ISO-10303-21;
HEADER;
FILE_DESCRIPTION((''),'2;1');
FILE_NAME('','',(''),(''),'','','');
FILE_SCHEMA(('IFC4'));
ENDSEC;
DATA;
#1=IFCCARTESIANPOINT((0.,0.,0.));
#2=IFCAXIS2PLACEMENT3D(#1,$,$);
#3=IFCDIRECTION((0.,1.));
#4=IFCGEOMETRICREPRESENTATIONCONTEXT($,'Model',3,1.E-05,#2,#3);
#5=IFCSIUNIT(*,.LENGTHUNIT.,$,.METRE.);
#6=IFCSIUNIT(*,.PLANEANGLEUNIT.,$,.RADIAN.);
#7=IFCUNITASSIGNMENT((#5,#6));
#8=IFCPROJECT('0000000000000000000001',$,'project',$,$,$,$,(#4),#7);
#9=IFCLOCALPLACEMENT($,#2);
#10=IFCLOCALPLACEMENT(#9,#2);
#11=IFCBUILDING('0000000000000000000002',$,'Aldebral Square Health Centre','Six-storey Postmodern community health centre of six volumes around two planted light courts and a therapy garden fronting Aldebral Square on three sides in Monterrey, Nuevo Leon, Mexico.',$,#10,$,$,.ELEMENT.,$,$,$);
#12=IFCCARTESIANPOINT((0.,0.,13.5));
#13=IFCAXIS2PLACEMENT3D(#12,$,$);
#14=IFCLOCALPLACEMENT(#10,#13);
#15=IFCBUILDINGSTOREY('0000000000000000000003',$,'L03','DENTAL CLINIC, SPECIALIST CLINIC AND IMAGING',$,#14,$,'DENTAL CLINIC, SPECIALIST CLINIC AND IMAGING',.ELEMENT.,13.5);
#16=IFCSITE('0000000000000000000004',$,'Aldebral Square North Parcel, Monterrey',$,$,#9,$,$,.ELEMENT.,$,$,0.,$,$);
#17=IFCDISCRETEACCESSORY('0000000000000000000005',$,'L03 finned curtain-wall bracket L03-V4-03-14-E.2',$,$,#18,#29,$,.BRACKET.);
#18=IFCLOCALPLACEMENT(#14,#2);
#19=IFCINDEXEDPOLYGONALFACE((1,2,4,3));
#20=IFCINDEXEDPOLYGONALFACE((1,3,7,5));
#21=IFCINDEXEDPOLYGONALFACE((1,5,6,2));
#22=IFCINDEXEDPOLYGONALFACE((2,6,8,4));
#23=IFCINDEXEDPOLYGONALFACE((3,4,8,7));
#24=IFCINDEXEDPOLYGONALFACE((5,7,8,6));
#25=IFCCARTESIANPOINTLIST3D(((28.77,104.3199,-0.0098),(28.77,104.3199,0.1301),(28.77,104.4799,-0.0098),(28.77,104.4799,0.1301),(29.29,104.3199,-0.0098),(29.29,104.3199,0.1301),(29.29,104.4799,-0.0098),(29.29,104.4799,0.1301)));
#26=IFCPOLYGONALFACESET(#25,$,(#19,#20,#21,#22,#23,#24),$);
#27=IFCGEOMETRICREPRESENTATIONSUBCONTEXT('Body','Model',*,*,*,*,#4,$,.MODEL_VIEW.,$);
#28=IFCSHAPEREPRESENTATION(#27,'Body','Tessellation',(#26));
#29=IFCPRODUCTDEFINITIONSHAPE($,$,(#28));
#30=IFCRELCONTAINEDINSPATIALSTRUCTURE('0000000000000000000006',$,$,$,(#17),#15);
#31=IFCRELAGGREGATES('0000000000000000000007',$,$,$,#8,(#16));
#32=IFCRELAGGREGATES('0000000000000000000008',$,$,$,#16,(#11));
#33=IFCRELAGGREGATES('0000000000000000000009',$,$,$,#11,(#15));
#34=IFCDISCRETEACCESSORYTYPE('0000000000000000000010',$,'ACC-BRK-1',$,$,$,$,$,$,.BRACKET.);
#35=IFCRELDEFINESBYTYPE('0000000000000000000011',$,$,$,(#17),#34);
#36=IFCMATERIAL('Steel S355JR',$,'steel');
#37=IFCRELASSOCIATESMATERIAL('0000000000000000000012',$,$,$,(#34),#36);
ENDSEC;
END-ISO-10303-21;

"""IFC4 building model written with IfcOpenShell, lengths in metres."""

from ifc_helpers import new_model, si_unit, direction, frame, origin, origin_2d, place, context, subcontext, project, spatial, rectangle, extrude, material, type_object, element, save


model = new_model("IFC4")

# Units and contexts
model_context = context("Model", 3, precision=1e-05, world=origin(), true_north=direction((0.0, 1.0)))
body_context = subcontext(model_context, "Body", "Model", "MODEL_VIEW")
ifc_project = project(units=[si_unit("LENGTHUNIT", "METRE"), si_unit("PLANEANGLEUNIT", "RADIAN")], contexts=[model_context])

# Site, building, storey
site_placement = place(None, origin())
site = spatial("IfcSite", under=ifc_project, at=site_placement, Name="Aldebral Square North Parcel, Monterrey", CompositionType="ELEMENT", RefElevation=0.0)
building_placement = place(site_placement, origin())
building = spatial("IfcBuilding", under=site, at=building_placement, Name="Aldebral Square Health Centre", Description="Six-storey Postmodern community health centre of six volumes around two planted light courts and a therapy garden fronting Aldebral Square on three sides in Monterrey, Nuevo Leon, Mexico.", CompositionType="ELEMENT")
storey_placement = place(building_placement, frame((0.0, 0.0, 13.5)))
storey = spatial("IfcBuildingStorey", under=building, at=storey_placement, Name="L03", Description="DENTAL CLINIC, SPECIALIST CLINIC AND IMAGING", LongName="DENTAL CLINIC, SPECIALIST CLINIC AND IMAGING", CompositionType="ELEMENT", Elevation=13.5)

# Discrete accessory
ifc_material_1 = material(Name="Steel S355JR", Category="steel")
discrete_accessory_type = type_object("IfcDiscreteAccessoryType", Name="ACC-BRK-1", PredefinedType="BRACKET", material=ifc_material_1)
for number, where, z_axis, x_axis, name in (
    (1, (29.03, 104.3999, -0.0098), (0.0, 0.0, 1.0), (0.0, 1.0, 0.0), "L03 finned curtain-wall bracket L03-V4-03-14-E.2"),
):
    element("IfcDiscreteAccessory", number, at=place(storey_placement, frame(where, z_axis=z_axis, x_axis=x_axis)), inside=storey, type_object=discrete_accessory_type, Name=name, PredefinedType="BRACKET", context=body_context, shape_type="SweptSolid", body=[
        extrude(rectangle(XDim=0.1599, YDim=0.52, at=origin_2d()), origin(), (0.0, 0.0, 1.0), 0.1399),
    ])

save(model, "model.ifc")
